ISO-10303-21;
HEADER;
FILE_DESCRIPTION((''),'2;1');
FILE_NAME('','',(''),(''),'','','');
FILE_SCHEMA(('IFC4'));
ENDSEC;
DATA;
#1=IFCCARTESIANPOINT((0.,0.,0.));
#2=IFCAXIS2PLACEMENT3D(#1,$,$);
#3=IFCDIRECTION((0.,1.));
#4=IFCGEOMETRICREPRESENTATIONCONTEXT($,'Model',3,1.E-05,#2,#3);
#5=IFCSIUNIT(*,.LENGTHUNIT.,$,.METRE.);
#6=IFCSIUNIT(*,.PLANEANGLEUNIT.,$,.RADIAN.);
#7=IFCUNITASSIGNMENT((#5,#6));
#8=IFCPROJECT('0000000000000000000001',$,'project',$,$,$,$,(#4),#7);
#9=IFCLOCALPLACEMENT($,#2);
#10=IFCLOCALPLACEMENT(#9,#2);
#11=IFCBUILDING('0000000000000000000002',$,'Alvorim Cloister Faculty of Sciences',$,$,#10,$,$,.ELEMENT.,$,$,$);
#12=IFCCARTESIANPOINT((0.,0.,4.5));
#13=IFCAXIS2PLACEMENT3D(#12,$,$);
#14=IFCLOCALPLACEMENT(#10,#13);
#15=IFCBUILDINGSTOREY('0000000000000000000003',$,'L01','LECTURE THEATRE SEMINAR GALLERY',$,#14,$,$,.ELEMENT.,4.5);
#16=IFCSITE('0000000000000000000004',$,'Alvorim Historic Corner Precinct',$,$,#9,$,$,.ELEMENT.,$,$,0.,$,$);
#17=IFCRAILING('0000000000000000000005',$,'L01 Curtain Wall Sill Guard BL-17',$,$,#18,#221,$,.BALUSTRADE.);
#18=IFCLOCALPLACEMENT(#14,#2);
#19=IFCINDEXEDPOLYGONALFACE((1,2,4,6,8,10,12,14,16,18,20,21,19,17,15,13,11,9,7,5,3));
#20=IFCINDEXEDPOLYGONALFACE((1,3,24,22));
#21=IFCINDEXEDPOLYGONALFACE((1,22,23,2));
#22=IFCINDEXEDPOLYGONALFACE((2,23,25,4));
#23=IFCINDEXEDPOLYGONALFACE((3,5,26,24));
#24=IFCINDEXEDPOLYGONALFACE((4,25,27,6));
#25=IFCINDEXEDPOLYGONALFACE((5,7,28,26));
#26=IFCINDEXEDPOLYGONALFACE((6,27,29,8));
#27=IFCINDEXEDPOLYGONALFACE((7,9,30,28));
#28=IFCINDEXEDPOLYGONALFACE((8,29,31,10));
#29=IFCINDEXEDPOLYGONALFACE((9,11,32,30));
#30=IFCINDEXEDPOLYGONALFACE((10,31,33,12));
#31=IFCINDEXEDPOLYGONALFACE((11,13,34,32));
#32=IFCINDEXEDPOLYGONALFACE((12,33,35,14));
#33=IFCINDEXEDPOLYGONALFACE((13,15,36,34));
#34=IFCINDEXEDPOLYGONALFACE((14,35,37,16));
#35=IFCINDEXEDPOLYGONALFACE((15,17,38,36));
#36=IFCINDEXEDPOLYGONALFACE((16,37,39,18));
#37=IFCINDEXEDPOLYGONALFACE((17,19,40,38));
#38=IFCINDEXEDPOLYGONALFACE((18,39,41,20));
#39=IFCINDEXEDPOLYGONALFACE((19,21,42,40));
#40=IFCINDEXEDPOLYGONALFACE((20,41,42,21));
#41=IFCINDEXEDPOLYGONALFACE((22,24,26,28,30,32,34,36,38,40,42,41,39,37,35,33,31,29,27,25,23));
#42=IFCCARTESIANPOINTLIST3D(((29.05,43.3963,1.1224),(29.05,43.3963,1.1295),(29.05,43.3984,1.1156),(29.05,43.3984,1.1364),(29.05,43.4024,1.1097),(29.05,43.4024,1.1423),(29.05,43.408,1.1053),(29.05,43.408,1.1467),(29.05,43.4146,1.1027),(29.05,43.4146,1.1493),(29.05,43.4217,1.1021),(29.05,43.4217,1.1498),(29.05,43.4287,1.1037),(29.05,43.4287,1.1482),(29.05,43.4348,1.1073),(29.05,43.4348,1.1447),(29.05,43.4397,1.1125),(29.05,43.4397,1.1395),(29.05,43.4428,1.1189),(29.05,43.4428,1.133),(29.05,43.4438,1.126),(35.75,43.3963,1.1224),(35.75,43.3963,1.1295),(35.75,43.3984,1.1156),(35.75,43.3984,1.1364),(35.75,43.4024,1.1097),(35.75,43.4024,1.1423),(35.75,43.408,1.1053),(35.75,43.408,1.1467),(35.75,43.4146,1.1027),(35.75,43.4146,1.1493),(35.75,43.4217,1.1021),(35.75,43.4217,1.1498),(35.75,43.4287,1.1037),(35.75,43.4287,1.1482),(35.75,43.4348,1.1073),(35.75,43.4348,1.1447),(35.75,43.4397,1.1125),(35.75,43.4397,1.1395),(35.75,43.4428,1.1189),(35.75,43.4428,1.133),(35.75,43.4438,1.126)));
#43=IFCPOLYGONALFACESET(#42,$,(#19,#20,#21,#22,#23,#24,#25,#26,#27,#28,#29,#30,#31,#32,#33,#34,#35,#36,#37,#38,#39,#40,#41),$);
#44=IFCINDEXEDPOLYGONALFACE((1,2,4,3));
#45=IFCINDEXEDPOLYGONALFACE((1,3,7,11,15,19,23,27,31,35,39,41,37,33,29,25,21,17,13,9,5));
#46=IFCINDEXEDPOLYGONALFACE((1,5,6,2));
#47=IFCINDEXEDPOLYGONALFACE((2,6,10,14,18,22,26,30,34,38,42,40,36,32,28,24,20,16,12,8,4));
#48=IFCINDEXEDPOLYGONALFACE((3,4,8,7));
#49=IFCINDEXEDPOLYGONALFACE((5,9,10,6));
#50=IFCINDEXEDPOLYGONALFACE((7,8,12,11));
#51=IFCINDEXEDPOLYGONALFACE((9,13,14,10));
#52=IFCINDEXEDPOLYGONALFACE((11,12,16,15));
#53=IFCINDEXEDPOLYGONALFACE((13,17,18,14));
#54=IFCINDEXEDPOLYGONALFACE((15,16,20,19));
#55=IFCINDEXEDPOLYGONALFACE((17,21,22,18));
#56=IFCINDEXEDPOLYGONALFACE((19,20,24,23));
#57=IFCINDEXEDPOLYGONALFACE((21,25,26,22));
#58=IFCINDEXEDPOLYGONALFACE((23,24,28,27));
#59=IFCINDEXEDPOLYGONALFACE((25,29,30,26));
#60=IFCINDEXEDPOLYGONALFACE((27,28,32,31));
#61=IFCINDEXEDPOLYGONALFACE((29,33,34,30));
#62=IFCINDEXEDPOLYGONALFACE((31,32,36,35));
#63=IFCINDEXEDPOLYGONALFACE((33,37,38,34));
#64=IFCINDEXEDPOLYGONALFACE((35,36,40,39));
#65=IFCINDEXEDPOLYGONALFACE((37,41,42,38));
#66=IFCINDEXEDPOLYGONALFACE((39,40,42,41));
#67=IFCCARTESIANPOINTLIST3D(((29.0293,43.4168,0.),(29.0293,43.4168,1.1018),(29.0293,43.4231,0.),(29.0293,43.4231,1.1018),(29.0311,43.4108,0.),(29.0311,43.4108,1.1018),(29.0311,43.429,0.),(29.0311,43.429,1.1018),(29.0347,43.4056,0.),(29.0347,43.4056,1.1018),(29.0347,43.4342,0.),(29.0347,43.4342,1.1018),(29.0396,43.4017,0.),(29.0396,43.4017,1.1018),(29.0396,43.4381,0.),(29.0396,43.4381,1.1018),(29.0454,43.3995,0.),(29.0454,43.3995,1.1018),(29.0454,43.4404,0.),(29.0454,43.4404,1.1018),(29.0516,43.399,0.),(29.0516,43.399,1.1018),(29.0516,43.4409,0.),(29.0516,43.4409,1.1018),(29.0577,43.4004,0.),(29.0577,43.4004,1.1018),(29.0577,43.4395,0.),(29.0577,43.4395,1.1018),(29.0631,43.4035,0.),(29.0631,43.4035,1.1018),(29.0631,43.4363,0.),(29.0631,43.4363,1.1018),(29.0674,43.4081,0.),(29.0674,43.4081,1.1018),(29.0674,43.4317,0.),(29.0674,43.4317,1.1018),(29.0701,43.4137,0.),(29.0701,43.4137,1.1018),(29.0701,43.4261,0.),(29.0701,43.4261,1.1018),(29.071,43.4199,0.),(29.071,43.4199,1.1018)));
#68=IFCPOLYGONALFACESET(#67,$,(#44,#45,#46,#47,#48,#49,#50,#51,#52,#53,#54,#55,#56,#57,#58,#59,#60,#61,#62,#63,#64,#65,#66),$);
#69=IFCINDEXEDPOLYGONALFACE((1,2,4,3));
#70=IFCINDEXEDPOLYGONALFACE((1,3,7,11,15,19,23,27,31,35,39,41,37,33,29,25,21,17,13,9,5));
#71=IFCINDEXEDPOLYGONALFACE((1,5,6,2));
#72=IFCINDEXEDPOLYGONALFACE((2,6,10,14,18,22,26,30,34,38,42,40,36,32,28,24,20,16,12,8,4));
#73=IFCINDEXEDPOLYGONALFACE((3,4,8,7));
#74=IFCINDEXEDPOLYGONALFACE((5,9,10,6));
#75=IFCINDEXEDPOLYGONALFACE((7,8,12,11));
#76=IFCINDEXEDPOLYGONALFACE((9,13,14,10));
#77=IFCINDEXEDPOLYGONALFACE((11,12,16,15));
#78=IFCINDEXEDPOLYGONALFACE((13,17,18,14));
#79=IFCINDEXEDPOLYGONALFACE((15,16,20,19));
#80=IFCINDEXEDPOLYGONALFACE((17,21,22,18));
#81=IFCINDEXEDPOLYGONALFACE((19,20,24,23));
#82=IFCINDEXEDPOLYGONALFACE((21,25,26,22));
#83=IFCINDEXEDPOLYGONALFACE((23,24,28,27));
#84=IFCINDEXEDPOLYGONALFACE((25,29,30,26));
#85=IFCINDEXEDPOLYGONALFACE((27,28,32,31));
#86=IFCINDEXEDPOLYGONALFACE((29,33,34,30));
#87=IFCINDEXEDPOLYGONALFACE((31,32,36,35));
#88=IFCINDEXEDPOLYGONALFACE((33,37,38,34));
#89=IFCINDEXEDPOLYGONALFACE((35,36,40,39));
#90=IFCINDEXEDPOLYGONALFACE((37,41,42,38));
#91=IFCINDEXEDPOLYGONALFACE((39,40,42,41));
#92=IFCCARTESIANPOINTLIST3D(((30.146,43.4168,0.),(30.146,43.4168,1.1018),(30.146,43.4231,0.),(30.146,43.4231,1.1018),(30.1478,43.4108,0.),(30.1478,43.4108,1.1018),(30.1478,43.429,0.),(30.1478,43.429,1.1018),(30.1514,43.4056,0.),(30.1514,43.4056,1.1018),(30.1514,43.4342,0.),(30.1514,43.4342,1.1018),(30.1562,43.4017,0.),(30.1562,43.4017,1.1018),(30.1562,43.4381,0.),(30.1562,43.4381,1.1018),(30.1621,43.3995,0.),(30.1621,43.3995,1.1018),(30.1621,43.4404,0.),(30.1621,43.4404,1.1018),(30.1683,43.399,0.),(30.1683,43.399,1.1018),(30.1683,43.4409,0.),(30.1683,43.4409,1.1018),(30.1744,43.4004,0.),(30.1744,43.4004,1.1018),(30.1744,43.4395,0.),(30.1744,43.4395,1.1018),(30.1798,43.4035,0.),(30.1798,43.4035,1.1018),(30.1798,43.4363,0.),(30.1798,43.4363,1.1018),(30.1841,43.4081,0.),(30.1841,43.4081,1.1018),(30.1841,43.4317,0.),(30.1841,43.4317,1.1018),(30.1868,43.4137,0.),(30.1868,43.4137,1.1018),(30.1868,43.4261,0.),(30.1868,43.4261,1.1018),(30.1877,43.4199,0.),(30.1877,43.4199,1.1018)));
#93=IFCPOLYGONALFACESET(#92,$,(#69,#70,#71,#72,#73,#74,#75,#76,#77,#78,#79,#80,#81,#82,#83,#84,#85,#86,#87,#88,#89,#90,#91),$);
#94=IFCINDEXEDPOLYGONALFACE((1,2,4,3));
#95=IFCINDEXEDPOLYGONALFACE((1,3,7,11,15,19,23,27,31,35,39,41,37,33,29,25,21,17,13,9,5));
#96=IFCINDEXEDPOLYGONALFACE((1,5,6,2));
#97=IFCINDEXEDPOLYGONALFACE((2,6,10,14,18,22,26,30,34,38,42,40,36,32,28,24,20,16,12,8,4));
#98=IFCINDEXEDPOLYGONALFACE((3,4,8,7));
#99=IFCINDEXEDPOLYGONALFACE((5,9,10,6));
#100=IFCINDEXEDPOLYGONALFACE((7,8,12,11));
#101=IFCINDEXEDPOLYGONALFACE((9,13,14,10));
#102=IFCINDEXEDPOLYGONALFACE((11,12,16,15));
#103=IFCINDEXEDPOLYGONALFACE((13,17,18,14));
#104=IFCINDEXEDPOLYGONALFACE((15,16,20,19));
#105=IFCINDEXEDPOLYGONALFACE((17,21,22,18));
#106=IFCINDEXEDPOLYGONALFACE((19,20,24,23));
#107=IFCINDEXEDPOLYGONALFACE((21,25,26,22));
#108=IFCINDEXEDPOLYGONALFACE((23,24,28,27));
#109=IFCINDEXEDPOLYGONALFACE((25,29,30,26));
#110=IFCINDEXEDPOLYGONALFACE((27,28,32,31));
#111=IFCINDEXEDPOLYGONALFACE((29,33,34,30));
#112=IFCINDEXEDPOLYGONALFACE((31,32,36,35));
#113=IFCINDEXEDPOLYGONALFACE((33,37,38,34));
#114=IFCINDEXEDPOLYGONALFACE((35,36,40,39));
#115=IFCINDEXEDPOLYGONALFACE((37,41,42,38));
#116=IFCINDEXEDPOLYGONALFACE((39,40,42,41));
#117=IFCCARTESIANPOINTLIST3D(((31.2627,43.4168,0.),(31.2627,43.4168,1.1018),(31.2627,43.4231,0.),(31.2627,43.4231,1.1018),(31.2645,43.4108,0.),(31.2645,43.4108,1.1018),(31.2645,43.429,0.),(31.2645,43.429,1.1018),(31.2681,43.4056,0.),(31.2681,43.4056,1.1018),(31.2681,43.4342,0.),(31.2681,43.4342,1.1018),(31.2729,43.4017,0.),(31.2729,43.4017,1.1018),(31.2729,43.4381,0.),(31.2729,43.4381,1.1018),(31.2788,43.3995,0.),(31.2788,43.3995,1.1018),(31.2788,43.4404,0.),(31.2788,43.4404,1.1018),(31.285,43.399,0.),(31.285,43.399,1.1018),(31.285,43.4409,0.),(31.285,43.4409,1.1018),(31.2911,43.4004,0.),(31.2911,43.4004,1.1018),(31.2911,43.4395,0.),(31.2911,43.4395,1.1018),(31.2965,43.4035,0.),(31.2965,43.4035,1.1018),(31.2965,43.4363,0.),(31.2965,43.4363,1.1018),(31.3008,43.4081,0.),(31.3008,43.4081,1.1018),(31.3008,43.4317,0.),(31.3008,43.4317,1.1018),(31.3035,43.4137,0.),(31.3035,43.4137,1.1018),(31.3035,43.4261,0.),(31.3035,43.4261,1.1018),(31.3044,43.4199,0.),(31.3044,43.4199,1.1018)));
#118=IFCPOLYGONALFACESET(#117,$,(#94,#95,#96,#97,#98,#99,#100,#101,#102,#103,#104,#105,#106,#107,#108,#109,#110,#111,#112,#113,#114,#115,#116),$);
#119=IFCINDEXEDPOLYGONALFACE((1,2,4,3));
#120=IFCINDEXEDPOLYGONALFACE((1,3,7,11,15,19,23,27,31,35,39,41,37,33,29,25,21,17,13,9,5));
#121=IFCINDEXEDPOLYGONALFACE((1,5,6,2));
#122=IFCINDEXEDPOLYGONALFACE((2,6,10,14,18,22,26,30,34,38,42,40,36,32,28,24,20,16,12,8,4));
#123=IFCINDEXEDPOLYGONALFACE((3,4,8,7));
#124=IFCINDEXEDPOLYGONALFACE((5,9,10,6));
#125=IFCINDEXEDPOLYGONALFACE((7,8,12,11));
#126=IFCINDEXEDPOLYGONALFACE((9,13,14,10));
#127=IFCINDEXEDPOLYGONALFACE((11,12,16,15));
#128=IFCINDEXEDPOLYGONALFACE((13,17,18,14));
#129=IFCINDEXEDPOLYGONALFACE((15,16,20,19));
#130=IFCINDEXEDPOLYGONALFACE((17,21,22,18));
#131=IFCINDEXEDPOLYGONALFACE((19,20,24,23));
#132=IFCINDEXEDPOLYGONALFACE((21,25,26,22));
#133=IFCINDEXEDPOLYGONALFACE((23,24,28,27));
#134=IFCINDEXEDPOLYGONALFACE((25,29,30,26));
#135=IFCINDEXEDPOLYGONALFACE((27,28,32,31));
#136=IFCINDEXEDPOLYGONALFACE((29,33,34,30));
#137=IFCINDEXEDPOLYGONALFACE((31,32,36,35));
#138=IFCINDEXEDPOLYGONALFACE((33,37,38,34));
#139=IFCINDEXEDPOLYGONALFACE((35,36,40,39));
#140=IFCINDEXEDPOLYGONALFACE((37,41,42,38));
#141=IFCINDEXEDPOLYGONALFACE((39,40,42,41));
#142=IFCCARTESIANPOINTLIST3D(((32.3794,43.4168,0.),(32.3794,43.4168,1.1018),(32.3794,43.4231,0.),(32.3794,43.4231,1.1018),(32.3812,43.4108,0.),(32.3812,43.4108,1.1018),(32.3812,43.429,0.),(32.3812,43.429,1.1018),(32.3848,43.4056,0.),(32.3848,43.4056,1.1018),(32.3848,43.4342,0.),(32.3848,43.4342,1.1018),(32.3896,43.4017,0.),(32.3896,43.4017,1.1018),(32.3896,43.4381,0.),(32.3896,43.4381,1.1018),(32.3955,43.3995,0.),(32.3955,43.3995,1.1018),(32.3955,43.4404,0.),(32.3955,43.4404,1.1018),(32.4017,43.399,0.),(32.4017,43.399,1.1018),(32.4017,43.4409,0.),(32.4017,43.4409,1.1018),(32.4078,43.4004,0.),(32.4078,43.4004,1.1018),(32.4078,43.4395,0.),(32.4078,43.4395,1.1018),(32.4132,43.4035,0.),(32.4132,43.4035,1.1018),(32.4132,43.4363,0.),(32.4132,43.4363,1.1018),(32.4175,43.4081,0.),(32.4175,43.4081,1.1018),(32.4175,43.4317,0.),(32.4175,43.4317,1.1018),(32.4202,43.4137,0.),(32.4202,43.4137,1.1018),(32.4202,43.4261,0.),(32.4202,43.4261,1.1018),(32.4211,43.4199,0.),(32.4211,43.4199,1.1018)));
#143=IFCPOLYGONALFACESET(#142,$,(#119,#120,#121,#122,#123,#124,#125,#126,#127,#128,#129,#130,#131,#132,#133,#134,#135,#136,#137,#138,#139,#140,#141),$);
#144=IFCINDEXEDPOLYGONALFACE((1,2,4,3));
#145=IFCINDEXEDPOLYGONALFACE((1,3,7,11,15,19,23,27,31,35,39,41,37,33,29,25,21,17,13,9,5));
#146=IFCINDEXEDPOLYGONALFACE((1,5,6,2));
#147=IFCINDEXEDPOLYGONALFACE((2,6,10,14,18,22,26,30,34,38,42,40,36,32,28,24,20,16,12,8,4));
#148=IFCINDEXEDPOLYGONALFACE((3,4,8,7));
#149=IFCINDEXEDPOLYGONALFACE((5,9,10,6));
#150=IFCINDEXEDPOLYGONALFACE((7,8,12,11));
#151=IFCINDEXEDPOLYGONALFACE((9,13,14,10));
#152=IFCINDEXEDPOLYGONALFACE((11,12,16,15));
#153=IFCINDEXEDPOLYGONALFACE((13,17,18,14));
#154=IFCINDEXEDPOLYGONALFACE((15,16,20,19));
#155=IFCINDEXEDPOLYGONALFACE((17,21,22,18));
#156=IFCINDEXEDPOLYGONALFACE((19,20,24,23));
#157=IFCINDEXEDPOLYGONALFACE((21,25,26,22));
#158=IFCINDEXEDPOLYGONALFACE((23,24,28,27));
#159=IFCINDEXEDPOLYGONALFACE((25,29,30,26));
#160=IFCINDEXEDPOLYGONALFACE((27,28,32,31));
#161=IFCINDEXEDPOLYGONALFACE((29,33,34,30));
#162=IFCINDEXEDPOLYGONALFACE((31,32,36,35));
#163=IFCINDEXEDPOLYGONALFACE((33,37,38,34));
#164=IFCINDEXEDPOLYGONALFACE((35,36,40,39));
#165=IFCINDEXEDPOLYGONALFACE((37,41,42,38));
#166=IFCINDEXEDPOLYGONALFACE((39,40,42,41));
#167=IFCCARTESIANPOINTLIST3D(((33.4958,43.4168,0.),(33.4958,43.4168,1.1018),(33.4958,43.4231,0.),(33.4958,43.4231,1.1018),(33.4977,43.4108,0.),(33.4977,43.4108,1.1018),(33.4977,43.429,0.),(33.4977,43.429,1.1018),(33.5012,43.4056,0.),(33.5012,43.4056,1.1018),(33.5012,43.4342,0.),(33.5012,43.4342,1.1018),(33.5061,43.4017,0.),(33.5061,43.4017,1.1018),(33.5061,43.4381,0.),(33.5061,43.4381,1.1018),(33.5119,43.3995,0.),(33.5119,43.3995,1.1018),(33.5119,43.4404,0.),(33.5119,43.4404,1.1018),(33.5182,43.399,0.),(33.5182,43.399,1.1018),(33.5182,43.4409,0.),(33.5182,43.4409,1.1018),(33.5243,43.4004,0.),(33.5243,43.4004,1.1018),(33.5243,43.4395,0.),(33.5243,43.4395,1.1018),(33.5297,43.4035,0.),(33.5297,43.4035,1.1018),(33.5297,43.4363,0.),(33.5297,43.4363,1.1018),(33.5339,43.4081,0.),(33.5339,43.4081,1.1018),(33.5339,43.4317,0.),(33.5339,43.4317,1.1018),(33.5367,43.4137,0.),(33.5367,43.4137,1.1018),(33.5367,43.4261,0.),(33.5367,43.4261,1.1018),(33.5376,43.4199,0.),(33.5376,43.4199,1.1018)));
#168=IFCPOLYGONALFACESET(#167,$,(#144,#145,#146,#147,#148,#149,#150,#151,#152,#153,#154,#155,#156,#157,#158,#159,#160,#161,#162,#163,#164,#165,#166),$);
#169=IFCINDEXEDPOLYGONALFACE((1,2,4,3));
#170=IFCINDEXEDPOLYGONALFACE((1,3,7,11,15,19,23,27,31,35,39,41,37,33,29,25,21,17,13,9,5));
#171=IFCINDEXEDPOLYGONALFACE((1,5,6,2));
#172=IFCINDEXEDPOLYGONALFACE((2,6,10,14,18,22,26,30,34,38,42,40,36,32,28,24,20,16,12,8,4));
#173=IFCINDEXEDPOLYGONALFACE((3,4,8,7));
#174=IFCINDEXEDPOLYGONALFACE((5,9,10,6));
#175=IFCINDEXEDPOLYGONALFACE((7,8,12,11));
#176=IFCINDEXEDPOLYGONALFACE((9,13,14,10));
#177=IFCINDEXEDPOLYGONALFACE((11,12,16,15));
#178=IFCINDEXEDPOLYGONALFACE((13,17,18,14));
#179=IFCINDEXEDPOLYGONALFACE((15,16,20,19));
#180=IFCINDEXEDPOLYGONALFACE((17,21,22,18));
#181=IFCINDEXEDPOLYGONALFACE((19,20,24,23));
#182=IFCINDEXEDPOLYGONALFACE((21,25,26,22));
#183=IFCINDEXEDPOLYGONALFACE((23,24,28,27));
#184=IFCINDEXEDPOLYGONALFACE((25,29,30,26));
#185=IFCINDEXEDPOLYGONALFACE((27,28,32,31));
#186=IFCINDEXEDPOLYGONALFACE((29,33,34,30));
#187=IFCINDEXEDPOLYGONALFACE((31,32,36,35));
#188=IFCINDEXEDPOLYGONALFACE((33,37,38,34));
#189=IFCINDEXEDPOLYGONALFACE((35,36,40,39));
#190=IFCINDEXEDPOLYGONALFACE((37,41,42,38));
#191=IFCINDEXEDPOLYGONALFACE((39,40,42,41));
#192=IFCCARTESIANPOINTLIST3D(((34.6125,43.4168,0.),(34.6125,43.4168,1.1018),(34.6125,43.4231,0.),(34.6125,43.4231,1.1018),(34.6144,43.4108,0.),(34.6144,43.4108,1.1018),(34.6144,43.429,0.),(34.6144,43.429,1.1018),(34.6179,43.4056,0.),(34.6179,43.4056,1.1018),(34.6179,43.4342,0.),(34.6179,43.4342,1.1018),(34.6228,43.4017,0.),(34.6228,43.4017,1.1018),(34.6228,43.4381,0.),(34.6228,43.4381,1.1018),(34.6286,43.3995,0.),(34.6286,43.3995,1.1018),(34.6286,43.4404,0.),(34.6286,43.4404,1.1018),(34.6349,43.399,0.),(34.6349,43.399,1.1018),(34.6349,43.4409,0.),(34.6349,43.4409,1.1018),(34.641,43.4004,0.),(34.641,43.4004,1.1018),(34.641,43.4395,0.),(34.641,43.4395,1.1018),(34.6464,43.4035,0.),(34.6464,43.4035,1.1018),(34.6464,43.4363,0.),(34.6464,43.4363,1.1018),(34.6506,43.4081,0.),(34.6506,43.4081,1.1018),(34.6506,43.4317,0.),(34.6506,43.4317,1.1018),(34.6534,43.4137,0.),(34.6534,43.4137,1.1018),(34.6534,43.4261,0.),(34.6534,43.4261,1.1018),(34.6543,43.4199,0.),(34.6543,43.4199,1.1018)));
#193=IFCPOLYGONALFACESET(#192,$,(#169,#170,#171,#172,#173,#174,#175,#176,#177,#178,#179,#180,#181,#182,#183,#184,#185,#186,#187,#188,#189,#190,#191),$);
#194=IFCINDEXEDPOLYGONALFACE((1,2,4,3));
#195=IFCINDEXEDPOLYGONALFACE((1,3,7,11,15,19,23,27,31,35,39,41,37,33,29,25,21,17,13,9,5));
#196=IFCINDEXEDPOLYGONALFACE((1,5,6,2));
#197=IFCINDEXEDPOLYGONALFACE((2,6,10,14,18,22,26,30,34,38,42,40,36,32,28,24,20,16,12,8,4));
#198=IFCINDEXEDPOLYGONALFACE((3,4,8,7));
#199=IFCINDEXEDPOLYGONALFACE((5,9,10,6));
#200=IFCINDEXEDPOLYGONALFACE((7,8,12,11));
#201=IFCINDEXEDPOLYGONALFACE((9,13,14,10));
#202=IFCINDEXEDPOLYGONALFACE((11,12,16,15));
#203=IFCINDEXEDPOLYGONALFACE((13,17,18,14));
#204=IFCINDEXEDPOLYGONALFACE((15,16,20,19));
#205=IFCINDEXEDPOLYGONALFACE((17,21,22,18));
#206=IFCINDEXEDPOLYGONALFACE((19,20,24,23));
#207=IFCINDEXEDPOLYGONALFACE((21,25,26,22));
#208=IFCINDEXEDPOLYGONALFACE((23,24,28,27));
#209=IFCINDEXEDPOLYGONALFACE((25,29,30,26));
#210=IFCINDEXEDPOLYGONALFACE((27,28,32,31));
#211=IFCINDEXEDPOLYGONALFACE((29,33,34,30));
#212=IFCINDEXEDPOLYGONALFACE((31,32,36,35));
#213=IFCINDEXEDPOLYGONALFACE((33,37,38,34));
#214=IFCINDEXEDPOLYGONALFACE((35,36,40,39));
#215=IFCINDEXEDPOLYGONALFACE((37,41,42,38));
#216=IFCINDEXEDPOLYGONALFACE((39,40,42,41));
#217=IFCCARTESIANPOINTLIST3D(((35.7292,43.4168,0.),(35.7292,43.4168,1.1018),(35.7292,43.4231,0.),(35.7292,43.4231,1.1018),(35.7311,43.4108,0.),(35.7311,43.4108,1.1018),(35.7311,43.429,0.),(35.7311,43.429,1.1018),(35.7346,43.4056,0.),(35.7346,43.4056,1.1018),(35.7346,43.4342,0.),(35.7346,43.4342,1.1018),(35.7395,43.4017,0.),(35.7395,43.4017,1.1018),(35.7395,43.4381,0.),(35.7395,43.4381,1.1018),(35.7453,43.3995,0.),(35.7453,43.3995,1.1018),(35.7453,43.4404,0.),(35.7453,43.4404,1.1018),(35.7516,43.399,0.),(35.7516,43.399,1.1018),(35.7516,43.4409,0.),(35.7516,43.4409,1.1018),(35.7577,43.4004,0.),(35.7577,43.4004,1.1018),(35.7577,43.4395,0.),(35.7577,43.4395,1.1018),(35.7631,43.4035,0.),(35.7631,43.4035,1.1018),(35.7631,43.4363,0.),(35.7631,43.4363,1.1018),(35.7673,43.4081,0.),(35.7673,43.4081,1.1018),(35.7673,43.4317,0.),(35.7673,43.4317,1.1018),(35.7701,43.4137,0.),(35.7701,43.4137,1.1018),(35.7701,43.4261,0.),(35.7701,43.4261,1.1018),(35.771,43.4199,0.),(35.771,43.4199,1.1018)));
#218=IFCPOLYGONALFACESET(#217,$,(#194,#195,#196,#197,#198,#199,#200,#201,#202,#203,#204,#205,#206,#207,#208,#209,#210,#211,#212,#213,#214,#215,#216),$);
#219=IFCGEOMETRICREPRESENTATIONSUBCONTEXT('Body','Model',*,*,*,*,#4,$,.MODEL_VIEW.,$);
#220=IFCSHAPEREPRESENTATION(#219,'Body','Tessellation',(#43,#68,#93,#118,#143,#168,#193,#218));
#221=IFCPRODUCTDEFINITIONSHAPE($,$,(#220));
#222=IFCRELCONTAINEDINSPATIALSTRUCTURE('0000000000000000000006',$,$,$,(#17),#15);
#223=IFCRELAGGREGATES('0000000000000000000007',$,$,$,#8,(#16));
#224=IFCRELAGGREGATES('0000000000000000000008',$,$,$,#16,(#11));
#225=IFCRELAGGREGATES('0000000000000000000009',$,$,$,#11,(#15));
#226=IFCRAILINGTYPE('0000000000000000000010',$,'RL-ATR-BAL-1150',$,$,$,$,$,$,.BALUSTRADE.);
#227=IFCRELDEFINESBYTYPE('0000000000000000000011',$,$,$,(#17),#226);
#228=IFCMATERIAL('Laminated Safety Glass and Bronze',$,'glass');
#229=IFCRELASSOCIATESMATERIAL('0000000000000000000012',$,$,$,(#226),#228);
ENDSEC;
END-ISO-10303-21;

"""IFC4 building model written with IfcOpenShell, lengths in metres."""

from ifc_helpers import new_model, si_unit, direction, frame, origin, origin_2d, place, context, subcontext, project, spatial, circle, extrude, material, type_object, element, save


model = new_model("IFC4")

# Units and contexts
model_context = context("Model", 3, precision=1e-05, world=origin(), true_north=direction((0.0, 1.0)))
body_context = subcontext(model_context, "Body", "Model", "MODEL_VIEW")
ifc_project = project(units=[si_unit("LENGTHUNIT", "METRE"), si_unit("PLANEANGLEUNIT", "RADIAN")], contexts=[model_context])

# Site, building, storey
site_placement = place(None, origin())
site = spatial("IfcSite", under=ifc_project, at=site_placement, Name="Alvorim Historic Corner Precinct", CompositionType="ELEMENT", RefElevation=0.0)
building_placement = place(site_placement, origin())
building = spatial("IfcBuilding", under=site, at=building_placement, Name="Alvorim Cloister Faculty of Sciences", CompositionType="ELEMENT")
storey_placement = place(building_placement, frame((0.0, 0.0, 4.5)))
storey = spatial("IfcBuildingStorey", under=building, at=storey_placement, Name="L01", Description="LECTURE THEATRE SEMINAR GALLERY", CompositionType="ELEMENT", Elevation=4.5)

# Railing
ifc_material_1 = material(Name="Laminated Safety Glass and Bronze", Category="glass")
railing_type = type_object("IfcRailingType", Name="RL-ATR-BAL-1150", PredefinedType="BALUSTRADE", material=ifc_material_1)
railing_placement = place(storey_placement, frame((29.05, 43.4199, 0.0)))
element("IfcRailing", 1, at=railing_placement, inside=storey, type_object=railing_type, Name="L01 Curtain Wall Sill Guard BL-17", PredefinedType="BALUSTRADE", context=body_context, shape_type="SweptSolid", body=[
    extrude(circle(Radius=0.0239, at=origin_2d()), frame((0.0, 0.0, 1.126), z_axis=(1.0, 0.0, 0.0), x_axis=(0.0, 1.0, 0.0)), (0.0, 0.0, 1.0), 6.7),
    extrude(circle(Radius=0.021, at=origin_2d()), origin(), (0.0, 0.0, 1.0), 1.1018),
    extrude(circle(Radius=0.021, at=origin_2d()), frame((1.1167, 0.0, 0.0)), (0.0, 0.0, 1.0), 1.1018),
    extrude(circle(Radius=0.021, at=origin_2d()), frame((2.2334, 0.0, 0.0)), (0.0, 0.0, 1.0), 1.1018),
    extrude(circle(Radius=0.021, at=origin_2d()), frame((3.3501, 0.0, 0.0)), (0.0, 0.0, 1.0), 1.1018),
    extrude(circle(Radius=0.021, at=origin_2d()), frame((4.4666, 0.0, 0.0)), (0.0, 0.0, 1.0), 1.1018),
    extrude(circle(Radius=0.021, at=origin_2d()), frame((5.5833, 0.0, 0.0)), (0.0, 0.0, 1.0), 1.1018),
    extrude(circle(Radius=0.021, at=origin_2d()), frame((6.7, 0.0, 0.0)), (0.0, 0.0, 1.0), 1.1018),
])

save(model, "model.ifc")
